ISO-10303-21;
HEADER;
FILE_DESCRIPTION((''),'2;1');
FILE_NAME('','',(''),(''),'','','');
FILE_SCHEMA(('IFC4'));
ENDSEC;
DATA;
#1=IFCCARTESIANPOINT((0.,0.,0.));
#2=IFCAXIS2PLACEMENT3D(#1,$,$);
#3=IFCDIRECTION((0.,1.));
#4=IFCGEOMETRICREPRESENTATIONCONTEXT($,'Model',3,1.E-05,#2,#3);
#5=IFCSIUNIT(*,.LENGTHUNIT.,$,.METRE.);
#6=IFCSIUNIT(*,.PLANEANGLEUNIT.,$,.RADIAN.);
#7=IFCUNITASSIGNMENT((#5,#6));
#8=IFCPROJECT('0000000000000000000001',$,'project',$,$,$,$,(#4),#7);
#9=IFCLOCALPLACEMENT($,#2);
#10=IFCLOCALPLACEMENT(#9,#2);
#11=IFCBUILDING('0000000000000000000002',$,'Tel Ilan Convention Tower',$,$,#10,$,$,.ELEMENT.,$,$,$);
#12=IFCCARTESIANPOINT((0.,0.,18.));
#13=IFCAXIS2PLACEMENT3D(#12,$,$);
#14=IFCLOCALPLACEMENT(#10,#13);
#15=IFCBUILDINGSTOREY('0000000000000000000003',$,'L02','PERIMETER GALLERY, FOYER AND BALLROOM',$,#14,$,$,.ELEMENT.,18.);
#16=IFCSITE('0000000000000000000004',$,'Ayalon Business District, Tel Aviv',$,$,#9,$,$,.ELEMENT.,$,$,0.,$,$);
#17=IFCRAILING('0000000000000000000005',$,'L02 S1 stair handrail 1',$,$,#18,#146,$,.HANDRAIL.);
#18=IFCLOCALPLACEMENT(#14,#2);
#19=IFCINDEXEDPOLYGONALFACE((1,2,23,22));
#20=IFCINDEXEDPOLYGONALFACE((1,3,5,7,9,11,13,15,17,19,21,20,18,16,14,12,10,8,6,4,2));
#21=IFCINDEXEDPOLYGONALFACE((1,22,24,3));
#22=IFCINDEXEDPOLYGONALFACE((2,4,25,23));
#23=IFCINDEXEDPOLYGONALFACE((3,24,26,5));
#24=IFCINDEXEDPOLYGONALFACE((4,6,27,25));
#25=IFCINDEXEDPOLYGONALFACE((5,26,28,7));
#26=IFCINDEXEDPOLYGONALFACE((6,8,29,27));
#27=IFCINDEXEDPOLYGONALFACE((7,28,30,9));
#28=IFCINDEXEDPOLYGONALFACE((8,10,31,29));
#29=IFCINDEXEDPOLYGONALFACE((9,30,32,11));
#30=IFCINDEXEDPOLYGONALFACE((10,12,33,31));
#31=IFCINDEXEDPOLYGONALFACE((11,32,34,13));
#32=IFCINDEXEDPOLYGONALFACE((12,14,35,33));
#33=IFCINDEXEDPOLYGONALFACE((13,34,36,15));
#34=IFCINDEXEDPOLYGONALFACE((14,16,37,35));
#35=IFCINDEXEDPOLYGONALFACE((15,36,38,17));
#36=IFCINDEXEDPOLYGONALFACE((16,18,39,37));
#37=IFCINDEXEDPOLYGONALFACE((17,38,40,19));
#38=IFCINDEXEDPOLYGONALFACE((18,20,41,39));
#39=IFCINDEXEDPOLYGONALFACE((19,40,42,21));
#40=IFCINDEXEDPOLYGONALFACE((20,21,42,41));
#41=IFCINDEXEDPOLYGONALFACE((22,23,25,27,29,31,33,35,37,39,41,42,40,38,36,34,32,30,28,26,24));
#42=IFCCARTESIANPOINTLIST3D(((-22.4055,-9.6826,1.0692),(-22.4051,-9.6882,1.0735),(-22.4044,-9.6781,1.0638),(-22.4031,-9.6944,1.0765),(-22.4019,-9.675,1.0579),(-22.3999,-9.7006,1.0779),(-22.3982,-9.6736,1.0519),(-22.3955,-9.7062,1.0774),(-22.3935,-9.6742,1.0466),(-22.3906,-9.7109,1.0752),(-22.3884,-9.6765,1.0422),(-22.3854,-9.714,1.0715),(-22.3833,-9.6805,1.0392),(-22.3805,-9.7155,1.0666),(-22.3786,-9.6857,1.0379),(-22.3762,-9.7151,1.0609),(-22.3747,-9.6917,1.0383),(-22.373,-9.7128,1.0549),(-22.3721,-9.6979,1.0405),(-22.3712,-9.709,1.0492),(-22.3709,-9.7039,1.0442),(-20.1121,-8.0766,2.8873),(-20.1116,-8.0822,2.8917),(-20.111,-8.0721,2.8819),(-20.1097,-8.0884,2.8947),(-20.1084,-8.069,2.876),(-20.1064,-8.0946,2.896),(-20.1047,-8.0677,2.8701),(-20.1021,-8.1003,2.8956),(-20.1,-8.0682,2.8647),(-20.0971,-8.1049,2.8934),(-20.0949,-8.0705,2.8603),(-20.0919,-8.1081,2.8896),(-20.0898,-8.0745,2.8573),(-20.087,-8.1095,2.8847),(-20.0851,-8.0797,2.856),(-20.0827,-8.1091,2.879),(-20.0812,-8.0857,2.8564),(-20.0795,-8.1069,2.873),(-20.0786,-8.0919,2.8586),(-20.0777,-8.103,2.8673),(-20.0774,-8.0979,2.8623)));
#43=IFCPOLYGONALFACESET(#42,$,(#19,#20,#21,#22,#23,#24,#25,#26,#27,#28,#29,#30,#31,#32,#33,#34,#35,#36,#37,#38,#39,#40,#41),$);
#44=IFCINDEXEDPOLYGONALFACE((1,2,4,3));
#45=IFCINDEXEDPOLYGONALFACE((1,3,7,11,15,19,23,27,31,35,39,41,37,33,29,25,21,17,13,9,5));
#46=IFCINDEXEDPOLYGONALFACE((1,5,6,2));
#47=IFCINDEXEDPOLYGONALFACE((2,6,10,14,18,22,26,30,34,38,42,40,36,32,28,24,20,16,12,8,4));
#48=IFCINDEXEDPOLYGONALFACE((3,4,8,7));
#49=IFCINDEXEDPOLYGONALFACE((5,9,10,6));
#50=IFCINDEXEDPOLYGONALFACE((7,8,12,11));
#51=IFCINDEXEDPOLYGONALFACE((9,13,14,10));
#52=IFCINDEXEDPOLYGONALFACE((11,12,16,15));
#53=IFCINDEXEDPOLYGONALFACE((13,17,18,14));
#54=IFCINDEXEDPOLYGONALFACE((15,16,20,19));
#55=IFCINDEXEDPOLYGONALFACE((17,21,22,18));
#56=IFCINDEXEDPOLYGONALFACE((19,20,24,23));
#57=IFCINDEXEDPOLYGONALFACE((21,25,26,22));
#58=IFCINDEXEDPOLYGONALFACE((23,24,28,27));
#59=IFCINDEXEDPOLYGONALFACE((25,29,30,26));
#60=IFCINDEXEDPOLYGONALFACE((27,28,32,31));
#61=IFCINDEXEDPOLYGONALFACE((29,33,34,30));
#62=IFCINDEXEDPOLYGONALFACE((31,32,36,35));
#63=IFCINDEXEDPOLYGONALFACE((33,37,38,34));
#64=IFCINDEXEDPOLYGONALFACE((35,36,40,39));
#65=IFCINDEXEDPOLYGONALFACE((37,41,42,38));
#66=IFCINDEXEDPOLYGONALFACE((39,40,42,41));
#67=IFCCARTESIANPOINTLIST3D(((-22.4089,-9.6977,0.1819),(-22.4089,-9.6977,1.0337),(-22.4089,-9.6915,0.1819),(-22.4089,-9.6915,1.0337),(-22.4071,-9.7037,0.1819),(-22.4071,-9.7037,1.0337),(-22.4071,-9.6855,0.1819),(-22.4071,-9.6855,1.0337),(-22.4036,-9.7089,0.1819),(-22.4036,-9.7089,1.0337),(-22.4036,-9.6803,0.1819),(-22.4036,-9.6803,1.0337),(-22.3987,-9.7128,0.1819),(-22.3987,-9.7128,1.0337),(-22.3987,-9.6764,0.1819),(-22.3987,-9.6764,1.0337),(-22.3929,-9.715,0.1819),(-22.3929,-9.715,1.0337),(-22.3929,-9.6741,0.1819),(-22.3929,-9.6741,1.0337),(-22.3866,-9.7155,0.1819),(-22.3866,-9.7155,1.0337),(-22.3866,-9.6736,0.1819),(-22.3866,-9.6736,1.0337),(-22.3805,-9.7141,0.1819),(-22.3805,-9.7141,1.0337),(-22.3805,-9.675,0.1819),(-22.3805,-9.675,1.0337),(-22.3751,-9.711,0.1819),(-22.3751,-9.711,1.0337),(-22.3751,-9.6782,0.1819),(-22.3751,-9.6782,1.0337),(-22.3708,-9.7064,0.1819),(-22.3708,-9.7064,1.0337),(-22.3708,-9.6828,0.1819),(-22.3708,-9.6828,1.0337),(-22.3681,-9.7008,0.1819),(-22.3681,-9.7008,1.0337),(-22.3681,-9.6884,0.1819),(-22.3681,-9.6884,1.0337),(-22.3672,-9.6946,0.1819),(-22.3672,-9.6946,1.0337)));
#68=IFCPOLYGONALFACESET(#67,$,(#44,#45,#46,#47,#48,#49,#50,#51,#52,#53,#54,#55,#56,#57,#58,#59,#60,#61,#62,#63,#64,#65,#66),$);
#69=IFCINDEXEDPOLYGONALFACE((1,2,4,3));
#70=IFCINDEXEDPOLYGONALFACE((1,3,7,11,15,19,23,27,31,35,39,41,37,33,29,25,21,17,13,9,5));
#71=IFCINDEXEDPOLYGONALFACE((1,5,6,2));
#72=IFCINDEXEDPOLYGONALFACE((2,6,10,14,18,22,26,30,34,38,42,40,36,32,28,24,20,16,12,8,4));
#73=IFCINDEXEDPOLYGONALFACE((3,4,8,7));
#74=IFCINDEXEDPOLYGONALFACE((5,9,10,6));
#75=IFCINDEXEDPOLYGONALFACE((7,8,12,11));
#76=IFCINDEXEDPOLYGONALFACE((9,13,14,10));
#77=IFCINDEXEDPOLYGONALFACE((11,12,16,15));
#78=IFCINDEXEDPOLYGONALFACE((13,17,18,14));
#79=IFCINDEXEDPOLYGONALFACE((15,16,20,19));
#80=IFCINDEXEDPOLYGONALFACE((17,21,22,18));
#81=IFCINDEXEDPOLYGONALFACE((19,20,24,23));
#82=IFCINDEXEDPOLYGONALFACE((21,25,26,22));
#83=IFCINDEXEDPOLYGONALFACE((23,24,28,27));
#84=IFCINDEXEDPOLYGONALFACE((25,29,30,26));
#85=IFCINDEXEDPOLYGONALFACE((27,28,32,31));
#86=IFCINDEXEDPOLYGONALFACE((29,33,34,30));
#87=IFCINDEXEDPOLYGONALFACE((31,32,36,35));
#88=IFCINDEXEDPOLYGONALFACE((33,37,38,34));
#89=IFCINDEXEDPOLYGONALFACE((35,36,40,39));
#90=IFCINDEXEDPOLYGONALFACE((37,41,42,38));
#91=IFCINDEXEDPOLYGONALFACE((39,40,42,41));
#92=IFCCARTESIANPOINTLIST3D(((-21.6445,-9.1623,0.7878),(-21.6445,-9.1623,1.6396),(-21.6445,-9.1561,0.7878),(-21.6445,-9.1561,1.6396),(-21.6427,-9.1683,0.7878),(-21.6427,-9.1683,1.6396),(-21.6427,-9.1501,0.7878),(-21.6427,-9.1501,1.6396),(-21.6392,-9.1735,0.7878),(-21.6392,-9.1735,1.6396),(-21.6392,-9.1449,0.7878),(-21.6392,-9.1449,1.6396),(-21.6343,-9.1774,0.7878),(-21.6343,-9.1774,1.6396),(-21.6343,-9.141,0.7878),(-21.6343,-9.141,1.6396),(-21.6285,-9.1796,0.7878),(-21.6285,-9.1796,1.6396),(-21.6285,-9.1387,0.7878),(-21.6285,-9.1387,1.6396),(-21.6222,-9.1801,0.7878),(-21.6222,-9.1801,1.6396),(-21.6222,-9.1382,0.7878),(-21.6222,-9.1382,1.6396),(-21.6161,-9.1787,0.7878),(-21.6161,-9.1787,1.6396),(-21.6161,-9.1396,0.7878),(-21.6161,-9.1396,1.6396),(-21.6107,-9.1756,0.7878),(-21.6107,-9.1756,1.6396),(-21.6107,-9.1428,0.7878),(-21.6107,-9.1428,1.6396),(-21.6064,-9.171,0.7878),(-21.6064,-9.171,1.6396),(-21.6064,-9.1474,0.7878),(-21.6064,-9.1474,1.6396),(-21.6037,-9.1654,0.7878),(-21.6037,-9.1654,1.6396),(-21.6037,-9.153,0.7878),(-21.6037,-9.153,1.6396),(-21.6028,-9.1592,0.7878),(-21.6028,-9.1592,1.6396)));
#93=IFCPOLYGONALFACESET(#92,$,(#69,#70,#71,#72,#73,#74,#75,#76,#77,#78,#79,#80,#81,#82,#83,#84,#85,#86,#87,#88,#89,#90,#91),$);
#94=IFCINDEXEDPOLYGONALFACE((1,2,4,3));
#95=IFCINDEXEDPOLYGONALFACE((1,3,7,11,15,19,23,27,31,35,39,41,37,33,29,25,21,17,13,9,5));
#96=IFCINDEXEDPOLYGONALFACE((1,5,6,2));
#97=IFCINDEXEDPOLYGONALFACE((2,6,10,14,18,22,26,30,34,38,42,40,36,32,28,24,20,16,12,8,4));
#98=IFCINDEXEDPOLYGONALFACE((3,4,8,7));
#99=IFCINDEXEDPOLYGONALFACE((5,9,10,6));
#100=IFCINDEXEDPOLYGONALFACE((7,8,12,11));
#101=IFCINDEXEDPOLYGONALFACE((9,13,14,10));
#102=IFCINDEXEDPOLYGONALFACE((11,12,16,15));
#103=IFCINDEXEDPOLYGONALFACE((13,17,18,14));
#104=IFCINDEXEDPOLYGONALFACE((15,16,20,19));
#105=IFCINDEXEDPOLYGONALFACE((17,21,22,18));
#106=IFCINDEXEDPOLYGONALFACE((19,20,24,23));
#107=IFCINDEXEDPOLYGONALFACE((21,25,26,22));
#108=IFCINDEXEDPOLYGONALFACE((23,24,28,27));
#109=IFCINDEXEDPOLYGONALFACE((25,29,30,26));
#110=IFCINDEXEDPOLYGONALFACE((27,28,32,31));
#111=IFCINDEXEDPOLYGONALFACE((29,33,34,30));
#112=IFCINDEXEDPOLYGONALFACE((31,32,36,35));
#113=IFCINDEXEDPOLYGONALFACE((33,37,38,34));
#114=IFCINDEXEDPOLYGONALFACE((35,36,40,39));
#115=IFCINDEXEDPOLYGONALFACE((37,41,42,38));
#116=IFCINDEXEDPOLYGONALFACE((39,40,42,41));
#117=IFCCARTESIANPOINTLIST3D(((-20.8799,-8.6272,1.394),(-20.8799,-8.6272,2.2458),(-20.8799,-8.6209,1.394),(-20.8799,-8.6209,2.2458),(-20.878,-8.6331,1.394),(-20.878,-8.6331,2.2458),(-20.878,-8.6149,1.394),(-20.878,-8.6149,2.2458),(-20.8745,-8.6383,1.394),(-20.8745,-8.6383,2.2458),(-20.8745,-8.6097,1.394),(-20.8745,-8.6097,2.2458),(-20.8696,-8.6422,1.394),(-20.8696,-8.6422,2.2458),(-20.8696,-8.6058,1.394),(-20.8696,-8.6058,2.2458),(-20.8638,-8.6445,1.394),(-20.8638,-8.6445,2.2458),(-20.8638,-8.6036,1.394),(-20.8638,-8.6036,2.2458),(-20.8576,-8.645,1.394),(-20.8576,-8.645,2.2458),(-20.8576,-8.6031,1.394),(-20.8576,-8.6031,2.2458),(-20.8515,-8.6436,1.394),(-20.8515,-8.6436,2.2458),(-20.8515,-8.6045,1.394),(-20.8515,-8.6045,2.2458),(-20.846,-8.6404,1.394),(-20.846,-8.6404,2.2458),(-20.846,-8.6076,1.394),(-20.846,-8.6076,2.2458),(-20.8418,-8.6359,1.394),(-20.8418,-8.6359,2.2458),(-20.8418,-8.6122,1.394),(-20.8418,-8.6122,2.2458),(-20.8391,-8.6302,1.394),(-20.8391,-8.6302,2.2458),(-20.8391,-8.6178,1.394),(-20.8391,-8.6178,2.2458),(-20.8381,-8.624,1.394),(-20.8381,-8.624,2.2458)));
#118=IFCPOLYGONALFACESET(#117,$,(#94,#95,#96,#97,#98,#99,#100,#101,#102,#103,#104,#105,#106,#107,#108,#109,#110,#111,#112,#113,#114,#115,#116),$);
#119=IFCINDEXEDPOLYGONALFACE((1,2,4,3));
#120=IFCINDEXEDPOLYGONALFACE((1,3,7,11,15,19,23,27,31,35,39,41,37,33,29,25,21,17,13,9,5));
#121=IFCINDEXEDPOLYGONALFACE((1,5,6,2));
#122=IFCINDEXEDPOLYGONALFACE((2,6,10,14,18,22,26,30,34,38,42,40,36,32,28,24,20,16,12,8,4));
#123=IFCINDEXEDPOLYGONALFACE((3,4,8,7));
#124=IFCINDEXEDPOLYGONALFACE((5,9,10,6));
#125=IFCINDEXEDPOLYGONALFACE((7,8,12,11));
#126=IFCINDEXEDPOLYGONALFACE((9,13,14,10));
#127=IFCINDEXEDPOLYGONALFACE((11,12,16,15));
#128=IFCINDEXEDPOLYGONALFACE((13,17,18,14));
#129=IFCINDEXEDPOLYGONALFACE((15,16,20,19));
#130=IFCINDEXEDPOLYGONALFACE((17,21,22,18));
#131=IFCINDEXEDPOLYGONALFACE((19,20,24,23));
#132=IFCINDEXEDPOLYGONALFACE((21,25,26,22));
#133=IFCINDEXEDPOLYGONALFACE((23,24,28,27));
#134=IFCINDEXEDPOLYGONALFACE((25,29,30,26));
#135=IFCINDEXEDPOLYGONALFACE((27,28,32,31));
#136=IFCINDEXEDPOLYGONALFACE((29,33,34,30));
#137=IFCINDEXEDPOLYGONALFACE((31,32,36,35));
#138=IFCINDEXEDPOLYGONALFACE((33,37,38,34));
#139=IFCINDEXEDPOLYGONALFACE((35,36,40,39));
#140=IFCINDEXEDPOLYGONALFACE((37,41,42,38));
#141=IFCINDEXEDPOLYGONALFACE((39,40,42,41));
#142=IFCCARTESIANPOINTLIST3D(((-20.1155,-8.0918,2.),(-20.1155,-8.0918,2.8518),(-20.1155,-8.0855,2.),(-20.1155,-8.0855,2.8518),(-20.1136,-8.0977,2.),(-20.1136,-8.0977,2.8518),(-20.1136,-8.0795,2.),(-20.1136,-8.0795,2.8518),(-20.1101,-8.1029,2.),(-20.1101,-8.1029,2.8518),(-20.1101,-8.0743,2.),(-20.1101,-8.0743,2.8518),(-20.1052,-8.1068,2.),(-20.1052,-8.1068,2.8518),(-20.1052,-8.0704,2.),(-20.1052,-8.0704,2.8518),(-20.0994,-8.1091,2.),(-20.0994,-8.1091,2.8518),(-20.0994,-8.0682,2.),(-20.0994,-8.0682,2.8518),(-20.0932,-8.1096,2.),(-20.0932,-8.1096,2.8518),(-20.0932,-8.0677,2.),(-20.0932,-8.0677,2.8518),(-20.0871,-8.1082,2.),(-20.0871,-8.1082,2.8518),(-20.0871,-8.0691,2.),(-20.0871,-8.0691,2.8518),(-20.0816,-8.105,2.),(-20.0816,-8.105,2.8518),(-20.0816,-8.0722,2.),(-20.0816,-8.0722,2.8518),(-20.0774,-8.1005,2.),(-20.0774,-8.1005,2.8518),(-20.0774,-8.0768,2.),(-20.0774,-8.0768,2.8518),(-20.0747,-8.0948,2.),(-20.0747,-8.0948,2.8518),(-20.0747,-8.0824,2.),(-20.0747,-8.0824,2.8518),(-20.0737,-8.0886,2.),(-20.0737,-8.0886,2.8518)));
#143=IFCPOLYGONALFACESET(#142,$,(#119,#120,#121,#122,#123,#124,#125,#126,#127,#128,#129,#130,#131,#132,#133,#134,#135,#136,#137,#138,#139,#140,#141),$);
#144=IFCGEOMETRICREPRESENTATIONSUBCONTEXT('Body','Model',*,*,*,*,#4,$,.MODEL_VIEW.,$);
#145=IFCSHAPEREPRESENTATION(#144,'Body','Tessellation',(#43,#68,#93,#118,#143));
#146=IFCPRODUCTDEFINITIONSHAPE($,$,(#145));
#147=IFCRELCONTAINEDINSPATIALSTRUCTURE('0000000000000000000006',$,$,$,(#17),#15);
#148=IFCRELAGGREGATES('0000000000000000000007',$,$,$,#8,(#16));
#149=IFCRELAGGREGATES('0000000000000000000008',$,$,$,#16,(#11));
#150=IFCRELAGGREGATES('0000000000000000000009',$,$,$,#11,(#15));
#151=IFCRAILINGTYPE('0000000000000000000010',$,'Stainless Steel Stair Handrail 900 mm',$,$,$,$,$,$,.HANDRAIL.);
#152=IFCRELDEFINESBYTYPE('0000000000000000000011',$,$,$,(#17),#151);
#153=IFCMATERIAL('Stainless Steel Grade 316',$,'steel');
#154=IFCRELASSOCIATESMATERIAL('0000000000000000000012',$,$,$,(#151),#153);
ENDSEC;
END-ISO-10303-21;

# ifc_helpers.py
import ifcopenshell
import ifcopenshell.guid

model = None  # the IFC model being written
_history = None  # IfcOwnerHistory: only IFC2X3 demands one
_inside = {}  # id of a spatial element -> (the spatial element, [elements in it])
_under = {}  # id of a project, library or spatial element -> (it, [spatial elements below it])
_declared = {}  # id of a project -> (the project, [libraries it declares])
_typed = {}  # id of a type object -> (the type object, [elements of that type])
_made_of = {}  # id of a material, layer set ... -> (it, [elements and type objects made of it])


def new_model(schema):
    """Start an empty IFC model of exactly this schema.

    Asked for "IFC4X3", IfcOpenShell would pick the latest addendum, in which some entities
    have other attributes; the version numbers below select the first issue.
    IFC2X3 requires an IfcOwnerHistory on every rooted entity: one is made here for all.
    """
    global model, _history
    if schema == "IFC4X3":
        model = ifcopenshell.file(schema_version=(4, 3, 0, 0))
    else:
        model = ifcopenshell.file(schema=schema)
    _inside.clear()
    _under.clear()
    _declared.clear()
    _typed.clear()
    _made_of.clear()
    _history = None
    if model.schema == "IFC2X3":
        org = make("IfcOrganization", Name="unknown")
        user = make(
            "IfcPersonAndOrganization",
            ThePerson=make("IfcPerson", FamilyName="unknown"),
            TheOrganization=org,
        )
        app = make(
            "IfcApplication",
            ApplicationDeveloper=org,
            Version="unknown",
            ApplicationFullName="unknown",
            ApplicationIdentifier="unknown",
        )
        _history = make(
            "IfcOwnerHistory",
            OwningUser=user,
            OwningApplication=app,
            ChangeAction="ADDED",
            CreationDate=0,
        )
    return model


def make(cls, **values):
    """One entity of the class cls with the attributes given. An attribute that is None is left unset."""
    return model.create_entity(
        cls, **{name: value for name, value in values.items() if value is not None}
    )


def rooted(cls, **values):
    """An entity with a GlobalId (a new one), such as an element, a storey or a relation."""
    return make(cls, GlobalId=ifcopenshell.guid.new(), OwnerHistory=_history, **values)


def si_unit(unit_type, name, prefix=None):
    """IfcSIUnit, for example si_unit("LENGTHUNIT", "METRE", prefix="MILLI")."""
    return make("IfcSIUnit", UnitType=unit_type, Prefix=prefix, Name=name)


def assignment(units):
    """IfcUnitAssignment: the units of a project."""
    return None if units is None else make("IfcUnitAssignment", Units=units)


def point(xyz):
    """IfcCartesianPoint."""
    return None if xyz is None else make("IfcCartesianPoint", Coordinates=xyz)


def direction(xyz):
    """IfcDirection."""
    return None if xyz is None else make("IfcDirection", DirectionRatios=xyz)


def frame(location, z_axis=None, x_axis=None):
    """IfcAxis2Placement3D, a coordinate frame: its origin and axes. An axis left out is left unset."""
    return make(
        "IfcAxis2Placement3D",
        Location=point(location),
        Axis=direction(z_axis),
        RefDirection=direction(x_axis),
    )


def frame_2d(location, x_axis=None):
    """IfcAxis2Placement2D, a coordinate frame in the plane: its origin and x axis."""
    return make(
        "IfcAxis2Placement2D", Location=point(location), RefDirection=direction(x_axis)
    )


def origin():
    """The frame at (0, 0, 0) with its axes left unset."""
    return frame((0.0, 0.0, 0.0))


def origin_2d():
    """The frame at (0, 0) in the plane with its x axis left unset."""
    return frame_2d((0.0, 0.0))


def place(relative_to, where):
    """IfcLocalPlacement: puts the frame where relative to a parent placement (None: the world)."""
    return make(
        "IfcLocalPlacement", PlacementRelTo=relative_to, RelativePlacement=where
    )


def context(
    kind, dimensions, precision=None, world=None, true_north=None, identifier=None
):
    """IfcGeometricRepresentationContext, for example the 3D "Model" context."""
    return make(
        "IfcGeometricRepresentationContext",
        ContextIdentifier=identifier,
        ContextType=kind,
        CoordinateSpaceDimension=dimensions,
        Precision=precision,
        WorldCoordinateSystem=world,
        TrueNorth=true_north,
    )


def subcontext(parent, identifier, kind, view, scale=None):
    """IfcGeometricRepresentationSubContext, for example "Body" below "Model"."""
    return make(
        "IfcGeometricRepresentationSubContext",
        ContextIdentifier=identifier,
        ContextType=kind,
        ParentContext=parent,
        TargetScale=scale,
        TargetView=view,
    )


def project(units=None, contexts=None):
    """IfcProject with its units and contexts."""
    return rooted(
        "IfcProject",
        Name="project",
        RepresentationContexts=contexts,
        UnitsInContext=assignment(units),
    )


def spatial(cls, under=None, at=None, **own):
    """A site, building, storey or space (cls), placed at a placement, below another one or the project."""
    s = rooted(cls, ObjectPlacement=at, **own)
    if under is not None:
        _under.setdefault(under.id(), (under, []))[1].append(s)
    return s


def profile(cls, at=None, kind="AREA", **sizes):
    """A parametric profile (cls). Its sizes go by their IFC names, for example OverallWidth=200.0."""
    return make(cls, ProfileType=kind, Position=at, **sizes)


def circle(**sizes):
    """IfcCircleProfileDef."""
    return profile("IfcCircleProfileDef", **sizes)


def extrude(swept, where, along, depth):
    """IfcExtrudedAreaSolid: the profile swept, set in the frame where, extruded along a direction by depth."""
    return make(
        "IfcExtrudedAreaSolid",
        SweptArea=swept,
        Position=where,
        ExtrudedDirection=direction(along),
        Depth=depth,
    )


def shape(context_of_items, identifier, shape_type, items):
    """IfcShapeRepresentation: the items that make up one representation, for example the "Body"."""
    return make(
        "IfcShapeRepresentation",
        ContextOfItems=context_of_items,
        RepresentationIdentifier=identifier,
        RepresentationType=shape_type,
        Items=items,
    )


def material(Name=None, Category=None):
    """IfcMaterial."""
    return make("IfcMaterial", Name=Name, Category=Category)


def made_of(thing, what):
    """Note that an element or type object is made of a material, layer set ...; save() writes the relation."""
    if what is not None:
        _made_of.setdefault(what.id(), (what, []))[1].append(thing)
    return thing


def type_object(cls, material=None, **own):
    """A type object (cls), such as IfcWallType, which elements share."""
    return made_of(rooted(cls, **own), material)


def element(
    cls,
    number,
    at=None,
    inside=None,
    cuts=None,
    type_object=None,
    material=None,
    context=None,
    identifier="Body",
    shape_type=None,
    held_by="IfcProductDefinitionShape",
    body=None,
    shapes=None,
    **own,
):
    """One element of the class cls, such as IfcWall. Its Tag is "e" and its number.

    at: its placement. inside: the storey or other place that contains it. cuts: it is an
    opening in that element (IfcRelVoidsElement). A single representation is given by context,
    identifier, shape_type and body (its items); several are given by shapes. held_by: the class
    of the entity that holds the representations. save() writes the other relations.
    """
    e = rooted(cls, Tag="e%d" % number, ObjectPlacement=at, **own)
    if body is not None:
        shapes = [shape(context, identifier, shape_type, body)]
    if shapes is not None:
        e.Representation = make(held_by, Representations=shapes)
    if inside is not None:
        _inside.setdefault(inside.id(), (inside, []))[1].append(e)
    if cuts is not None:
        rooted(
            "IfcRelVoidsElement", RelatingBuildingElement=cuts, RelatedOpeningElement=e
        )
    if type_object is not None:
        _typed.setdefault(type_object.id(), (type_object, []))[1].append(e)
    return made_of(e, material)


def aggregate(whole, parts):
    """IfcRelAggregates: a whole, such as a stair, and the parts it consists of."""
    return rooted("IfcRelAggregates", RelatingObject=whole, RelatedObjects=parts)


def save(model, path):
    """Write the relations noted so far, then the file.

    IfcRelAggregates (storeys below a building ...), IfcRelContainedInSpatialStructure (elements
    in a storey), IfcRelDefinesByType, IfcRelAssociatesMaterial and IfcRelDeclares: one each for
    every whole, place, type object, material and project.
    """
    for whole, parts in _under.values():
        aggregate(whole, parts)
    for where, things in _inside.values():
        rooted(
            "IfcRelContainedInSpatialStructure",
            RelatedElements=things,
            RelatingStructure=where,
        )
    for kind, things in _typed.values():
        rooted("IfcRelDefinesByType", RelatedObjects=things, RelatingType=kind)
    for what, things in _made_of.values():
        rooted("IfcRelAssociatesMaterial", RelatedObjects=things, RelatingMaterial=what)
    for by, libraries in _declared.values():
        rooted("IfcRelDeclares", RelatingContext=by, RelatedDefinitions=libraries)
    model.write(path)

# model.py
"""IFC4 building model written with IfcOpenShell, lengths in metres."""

from ifc_helpers import new_model, si_unit, direction, frame, origin, origin_2d, place, context, subcontext, project, spatial, circle, extrude, material, type_object, element, save


model = new_model("IFC4")

# Units and contexts
model_context = context("Model", 3, precision=1e-05, world=origin(), true_north=direction((0.0, 1.0)))
body_context = subcontext(model_context, "Body", "Model", "MODEL_VIEW")
ifc_project = project(units=[si_unit("LENGTHUNIT", "METRE"), si_unit("PLANEANGLEUNIT", "RADIAN")], contexts=[model_context])

# Site, building, storey
site_placement = place(None, origin())
site = spatial("IfcSite", under=ifc_project, at=site_placement, Name="Ayalon Business District, Tel Aviv", CompositionType="ELEMENT", RefElevation=0.0)
building_placement = place(site_placement, origin())
building = spatial("IfcBuilding", under=site, at=building_placement, Name="Tel Ilan Convention Tower", CompositionType="ELEMENT")
storey_placement = place(building_placement, frame((0.0, 0.0, 18.0)))
storey = spatial("IfcBuildingStorey", under=building, at=storey_placement, Name="L02", Description="PERIMETER GALLERY, FOYER AND BALLROOM", CompositionType="ELEMENT", Elevation=18.0)

# Railing
ifc_material_1 = material(Name="Stainless Steel Grade 316", Category="steel")
railing_type = type_object("IfcRailingType", Name="Stainless Steel Stair Handrail 900 mm", PredefinedType="HANDRAIL", material=ifc_material_1)
railing_1_placement = place(storey_placement, frame((-22.3882, -9.6946, 0.1819)))
element("IfcRailing", 1, at=railing_1_placement, inside=storey, type_object=railing_type, Name="L02 S1 stair handrail 1", PredefinedType="HANDRAIL", context=body_context, shape_type="SweptSolid", body=[
    extrude(circle(Radius=0.0239, at=origin_2d()), frame((0.0, 0.0, 0.876), z_axis=(0.687003, 0.481063, 0.544615), x_axis=(-0.573591, 0.819142, 0.0)), (0.0, 0.0, 1.0), 3.3384),
    extrude(circle(Radius=0.021, at=origin_2d()), origin(), (0.0, 0.0, 1.0), 0.8518),
    extrude(circle(Radius=0.021, at=origin_2d()), frame((0.7644, 0.5354, 0.606)), (0.0, 0.0, 1.0), 0.8518),
    extrude(circle(Radius=0.021, at=origin_2d()), frame((1.5291, 1.0706, 1.2122)), (0.0, 0.0, 1.0), 0.8518),
    extrude(circle(Radius=0.021, at=origin_2d()), frame((2.2935, 1.606, 1.8181)), (0.0, 0.0, 1.0), 0.8518),
])

save(model, "model.ifc")
